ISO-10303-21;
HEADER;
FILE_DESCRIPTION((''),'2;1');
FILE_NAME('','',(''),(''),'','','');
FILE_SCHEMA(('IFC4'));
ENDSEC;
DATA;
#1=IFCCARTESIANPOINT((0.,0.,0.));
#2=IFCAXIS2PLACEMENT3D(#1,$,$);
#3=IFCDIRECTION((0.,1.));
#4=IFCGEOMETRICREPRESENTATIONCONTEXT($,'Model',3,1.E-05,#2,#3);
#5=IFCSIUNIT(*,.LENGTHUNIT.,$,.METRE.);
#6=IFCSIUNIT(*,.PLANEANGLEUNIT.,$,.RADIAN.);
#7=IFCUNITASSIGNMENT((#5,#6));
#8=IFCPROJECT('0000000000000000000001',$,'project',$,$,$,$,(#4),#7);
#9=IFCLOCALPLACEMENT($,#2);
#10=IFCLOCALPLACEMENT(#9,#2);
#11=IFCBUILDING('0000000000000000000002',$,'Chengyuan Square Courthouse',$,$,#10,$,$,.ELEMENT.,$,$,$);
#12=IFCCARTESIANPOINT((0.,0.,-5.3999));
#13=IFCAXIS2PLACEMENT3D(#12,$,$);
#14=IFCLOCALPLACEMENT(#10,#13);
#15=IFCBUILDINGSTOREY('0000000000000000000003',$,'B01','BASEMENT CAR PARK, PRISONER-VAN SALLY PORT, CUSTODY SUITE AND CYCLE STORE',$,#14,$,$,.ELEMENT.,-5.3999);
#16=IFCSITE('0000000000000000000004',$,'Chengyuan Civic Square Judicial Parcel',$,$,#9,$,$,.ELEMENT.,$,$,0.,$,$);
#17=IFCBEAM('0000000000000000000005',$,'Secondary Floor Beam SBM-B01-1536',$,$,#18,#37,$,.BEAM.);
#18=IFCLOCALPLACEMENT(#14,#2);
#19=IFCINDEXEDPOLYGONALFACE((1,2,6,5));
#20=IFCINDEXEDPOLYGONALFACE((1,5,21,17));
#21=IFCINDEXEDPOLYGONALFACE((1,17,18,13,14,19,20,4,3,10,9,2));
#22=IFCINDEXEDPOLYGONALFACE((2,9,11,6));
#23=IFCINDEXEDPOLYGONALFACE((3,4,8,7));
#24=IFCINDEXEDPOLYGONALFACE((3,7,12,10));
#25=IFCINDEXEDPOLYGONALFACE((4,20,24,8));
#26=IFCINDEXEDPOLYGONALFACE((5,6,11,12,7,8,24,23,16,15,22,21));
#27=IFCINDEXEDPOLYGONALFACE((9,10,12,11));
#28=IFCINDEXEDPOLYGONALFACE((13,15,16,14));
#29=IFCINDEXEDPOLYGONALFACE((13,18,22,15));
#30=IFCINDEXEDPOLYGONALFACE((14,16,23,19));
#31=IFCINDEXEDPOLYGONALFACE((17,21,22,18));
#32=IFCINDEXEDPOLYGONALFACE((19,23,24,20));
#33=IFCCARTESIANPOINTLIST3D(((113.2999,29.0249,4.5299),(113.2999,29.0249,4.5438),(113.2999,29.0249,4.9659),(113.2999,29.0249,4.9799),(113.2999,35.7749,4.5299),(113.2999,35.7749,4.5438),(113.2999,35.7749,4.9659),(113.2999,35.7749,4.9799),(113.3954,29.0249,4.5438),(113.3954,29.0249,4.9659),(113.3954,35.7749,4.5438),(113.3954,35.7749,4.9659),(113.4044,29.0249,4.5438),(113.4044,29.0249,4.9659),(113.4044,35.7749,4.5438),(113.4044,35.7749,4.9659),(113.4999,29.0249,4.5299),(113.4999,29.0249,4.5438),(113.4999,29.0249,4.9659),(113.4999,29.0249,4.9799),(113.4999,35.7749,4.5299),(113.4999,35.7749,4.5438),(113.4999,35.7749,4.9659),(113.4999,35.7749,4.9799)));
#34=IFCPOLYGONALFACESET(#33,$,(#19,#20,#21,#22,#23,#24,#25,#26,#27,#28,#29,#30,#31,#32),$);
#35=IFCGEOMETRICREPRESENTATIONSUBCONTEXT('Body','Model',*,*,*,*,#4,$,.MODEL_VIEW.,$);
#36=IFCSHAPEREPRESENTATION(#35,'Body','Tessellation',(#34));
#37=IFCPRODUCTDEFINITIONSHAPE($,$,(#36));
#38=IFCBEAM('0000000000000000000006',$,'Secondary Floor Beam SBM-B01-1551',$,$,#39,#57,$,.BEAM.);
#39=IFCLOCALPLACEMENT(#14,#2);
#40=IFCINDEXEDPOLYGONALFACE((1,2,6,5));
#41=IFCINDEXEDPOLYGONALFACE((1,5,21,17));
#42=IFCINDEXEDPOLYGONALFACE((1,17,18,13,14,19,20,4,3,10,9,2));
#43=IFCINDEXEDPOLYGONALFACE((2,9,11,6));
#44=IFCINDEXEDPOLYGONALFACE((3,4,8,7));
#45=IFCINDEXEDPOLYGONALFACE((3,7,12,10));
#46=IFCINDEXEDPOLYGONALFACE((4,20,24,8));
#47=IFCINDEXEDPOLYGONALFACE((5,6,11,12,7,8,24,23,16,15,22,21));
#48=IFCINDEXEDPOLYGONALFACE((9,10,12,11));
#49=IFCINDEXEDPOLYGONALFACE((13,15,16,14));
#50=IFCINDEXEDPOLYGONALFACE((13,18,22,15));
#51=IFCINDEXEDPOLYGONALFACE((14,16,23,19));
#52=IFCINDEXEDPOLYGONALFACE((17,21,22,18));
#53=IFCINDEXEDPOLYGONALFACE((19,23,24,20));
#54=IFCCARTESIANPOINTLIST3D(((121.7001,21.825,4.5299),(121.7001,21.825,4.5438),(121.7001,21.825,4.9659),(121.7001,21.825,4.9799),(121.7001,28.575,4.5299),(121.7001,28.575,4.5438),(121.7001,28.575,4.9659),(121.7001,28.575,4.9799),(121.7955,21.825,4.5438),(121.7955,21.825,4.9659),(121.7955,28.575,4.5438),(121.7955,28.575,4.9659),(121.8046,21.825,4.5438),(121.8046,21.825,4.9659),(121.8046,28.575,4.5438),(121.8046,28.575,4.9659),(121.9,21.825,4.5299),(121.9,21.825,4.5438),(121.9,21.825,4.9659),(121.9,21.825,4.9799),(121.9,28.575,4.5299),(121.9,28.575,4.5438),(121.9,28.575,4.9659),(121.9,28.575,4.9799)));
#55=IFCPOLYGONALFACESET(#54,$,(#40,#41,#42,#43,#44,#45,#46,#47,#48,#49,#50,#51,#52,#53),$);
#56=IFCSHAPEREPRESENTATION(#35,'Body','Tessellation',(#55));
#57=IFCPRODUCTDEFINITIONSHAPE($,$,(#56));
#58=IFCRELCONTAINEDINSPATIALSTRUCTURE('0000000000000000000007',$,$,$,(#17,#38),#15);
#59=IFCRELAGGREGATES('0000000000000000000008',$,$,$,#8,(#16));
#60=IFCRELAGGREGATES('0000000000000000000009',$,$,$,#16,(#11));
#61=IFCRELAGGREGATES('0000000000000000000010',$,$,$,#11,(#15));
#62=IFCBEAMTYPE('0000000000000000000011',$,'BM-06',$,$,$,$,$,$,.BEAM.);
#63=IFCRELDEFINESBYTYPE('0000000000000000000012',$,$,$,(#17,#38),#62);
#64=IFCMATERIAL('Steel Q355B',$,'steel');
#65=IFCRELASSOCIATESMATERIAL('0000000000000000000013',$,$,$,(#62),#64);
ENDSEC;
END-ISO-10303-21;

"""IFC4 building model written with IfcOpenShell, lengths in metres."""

from ifc_helpers import new_model, si_unit, direction, frame, origin, origin_2d, place, context, subcontext, project, spatial, i_section, extrude, material, material_profile, profile_set, type_object, element, save


model = new_model("IFC4")

# Units and contexts
model_context = context("Model", 3, precision=1e-05, world=origin(), true_north=direction((0.0, 1.0)))
body_context = subcontext(model_context, "Body", "Model", "MODEL_VIEW")
ifc_project = project(units=[si_unit("LENGTHUNIT", "METRE"), si_unit("PLANEANGLEUNIT", "RADIAN")], contexts=[model_context])

# Site, building, storey
site_placement = place(None, origin())
site = spatial("IfcSite", under=ifc_project, at=site_placement, Name="Chengyuan Civic Square Judicial Parcel", CompositionType="ELEMENT", RefElevation=0.0)
building_placement = place(site_placement, origin())
building = spatial("IfcBuilding", under=site, at=building_placement, Name="Chengyuan Square Courthouse", CompositionType="ELEMENT")
storey_placement = place(building_placement, frame((0.0, 0.0, -5.3999)))
storey = spatial("IfcBuildingStorey", under=building, at=storey_placement, Name="B01", Description="BASEMENT CAR PARK, PRISONER-VAN SALLY PORT, CUSTODY SUITE AND CYCLE STORE", CompositionType="ELEMENT", Elevation=-5.3999)

# Beams
ifc_material_1 = material(Name="Steel Q355B", Category="steel")
ifc_material_profile_1 = material_profile(ifc_material_1, i_section(OverallWidth=0.2, OverallDepth=0.45, WebThickness=0.009, FlangeThickness=0.0139, at=origin_2d()), Name="HN 450x200x9x14")
ifc_profile_set_1 = profile_set([ifc_material_profile_1], Name="Steel Q355B")
beam_type_1 = type_object("IfcBeamType", Name="BM-06", PredefinedType="BEAM", material=ifc_profile_set_1)
for number, where, z_axis, x_axis, name in (
    (1, (113.3999, 29.0249, 4.7549), (0.0, 1.0, 0.0), (-1.0, 0.0, 0.0), "Secondary Floor Beam SBM-B01-1536"),
    (2, (121.8, 21.825, 4.7549), (0.0, 1.0, 0.0), (-1.0, 0.0, 0.0), "Secondary Floor Beam SBM-B01-1551"),
):
    element("IfcBeam", number, at=place(storey_placement, frame(where, z_axis=z_axis, x_axis=x_axis)), inside=storey, type_object=beam_type_1, Name=name, PredefinedType="BEAM", context=body_context, shape_type="SweptSolid", body=[
        extrude(i_section(OverallWidth=0.2, OverallDepth=0.45, WebThickness=0.009, FlangeThickness=0.0139, at=origin_2d()), origin(), (0.0, 0.0, 1.0), 6.75),
    ])

save(model, "model.ifc")
